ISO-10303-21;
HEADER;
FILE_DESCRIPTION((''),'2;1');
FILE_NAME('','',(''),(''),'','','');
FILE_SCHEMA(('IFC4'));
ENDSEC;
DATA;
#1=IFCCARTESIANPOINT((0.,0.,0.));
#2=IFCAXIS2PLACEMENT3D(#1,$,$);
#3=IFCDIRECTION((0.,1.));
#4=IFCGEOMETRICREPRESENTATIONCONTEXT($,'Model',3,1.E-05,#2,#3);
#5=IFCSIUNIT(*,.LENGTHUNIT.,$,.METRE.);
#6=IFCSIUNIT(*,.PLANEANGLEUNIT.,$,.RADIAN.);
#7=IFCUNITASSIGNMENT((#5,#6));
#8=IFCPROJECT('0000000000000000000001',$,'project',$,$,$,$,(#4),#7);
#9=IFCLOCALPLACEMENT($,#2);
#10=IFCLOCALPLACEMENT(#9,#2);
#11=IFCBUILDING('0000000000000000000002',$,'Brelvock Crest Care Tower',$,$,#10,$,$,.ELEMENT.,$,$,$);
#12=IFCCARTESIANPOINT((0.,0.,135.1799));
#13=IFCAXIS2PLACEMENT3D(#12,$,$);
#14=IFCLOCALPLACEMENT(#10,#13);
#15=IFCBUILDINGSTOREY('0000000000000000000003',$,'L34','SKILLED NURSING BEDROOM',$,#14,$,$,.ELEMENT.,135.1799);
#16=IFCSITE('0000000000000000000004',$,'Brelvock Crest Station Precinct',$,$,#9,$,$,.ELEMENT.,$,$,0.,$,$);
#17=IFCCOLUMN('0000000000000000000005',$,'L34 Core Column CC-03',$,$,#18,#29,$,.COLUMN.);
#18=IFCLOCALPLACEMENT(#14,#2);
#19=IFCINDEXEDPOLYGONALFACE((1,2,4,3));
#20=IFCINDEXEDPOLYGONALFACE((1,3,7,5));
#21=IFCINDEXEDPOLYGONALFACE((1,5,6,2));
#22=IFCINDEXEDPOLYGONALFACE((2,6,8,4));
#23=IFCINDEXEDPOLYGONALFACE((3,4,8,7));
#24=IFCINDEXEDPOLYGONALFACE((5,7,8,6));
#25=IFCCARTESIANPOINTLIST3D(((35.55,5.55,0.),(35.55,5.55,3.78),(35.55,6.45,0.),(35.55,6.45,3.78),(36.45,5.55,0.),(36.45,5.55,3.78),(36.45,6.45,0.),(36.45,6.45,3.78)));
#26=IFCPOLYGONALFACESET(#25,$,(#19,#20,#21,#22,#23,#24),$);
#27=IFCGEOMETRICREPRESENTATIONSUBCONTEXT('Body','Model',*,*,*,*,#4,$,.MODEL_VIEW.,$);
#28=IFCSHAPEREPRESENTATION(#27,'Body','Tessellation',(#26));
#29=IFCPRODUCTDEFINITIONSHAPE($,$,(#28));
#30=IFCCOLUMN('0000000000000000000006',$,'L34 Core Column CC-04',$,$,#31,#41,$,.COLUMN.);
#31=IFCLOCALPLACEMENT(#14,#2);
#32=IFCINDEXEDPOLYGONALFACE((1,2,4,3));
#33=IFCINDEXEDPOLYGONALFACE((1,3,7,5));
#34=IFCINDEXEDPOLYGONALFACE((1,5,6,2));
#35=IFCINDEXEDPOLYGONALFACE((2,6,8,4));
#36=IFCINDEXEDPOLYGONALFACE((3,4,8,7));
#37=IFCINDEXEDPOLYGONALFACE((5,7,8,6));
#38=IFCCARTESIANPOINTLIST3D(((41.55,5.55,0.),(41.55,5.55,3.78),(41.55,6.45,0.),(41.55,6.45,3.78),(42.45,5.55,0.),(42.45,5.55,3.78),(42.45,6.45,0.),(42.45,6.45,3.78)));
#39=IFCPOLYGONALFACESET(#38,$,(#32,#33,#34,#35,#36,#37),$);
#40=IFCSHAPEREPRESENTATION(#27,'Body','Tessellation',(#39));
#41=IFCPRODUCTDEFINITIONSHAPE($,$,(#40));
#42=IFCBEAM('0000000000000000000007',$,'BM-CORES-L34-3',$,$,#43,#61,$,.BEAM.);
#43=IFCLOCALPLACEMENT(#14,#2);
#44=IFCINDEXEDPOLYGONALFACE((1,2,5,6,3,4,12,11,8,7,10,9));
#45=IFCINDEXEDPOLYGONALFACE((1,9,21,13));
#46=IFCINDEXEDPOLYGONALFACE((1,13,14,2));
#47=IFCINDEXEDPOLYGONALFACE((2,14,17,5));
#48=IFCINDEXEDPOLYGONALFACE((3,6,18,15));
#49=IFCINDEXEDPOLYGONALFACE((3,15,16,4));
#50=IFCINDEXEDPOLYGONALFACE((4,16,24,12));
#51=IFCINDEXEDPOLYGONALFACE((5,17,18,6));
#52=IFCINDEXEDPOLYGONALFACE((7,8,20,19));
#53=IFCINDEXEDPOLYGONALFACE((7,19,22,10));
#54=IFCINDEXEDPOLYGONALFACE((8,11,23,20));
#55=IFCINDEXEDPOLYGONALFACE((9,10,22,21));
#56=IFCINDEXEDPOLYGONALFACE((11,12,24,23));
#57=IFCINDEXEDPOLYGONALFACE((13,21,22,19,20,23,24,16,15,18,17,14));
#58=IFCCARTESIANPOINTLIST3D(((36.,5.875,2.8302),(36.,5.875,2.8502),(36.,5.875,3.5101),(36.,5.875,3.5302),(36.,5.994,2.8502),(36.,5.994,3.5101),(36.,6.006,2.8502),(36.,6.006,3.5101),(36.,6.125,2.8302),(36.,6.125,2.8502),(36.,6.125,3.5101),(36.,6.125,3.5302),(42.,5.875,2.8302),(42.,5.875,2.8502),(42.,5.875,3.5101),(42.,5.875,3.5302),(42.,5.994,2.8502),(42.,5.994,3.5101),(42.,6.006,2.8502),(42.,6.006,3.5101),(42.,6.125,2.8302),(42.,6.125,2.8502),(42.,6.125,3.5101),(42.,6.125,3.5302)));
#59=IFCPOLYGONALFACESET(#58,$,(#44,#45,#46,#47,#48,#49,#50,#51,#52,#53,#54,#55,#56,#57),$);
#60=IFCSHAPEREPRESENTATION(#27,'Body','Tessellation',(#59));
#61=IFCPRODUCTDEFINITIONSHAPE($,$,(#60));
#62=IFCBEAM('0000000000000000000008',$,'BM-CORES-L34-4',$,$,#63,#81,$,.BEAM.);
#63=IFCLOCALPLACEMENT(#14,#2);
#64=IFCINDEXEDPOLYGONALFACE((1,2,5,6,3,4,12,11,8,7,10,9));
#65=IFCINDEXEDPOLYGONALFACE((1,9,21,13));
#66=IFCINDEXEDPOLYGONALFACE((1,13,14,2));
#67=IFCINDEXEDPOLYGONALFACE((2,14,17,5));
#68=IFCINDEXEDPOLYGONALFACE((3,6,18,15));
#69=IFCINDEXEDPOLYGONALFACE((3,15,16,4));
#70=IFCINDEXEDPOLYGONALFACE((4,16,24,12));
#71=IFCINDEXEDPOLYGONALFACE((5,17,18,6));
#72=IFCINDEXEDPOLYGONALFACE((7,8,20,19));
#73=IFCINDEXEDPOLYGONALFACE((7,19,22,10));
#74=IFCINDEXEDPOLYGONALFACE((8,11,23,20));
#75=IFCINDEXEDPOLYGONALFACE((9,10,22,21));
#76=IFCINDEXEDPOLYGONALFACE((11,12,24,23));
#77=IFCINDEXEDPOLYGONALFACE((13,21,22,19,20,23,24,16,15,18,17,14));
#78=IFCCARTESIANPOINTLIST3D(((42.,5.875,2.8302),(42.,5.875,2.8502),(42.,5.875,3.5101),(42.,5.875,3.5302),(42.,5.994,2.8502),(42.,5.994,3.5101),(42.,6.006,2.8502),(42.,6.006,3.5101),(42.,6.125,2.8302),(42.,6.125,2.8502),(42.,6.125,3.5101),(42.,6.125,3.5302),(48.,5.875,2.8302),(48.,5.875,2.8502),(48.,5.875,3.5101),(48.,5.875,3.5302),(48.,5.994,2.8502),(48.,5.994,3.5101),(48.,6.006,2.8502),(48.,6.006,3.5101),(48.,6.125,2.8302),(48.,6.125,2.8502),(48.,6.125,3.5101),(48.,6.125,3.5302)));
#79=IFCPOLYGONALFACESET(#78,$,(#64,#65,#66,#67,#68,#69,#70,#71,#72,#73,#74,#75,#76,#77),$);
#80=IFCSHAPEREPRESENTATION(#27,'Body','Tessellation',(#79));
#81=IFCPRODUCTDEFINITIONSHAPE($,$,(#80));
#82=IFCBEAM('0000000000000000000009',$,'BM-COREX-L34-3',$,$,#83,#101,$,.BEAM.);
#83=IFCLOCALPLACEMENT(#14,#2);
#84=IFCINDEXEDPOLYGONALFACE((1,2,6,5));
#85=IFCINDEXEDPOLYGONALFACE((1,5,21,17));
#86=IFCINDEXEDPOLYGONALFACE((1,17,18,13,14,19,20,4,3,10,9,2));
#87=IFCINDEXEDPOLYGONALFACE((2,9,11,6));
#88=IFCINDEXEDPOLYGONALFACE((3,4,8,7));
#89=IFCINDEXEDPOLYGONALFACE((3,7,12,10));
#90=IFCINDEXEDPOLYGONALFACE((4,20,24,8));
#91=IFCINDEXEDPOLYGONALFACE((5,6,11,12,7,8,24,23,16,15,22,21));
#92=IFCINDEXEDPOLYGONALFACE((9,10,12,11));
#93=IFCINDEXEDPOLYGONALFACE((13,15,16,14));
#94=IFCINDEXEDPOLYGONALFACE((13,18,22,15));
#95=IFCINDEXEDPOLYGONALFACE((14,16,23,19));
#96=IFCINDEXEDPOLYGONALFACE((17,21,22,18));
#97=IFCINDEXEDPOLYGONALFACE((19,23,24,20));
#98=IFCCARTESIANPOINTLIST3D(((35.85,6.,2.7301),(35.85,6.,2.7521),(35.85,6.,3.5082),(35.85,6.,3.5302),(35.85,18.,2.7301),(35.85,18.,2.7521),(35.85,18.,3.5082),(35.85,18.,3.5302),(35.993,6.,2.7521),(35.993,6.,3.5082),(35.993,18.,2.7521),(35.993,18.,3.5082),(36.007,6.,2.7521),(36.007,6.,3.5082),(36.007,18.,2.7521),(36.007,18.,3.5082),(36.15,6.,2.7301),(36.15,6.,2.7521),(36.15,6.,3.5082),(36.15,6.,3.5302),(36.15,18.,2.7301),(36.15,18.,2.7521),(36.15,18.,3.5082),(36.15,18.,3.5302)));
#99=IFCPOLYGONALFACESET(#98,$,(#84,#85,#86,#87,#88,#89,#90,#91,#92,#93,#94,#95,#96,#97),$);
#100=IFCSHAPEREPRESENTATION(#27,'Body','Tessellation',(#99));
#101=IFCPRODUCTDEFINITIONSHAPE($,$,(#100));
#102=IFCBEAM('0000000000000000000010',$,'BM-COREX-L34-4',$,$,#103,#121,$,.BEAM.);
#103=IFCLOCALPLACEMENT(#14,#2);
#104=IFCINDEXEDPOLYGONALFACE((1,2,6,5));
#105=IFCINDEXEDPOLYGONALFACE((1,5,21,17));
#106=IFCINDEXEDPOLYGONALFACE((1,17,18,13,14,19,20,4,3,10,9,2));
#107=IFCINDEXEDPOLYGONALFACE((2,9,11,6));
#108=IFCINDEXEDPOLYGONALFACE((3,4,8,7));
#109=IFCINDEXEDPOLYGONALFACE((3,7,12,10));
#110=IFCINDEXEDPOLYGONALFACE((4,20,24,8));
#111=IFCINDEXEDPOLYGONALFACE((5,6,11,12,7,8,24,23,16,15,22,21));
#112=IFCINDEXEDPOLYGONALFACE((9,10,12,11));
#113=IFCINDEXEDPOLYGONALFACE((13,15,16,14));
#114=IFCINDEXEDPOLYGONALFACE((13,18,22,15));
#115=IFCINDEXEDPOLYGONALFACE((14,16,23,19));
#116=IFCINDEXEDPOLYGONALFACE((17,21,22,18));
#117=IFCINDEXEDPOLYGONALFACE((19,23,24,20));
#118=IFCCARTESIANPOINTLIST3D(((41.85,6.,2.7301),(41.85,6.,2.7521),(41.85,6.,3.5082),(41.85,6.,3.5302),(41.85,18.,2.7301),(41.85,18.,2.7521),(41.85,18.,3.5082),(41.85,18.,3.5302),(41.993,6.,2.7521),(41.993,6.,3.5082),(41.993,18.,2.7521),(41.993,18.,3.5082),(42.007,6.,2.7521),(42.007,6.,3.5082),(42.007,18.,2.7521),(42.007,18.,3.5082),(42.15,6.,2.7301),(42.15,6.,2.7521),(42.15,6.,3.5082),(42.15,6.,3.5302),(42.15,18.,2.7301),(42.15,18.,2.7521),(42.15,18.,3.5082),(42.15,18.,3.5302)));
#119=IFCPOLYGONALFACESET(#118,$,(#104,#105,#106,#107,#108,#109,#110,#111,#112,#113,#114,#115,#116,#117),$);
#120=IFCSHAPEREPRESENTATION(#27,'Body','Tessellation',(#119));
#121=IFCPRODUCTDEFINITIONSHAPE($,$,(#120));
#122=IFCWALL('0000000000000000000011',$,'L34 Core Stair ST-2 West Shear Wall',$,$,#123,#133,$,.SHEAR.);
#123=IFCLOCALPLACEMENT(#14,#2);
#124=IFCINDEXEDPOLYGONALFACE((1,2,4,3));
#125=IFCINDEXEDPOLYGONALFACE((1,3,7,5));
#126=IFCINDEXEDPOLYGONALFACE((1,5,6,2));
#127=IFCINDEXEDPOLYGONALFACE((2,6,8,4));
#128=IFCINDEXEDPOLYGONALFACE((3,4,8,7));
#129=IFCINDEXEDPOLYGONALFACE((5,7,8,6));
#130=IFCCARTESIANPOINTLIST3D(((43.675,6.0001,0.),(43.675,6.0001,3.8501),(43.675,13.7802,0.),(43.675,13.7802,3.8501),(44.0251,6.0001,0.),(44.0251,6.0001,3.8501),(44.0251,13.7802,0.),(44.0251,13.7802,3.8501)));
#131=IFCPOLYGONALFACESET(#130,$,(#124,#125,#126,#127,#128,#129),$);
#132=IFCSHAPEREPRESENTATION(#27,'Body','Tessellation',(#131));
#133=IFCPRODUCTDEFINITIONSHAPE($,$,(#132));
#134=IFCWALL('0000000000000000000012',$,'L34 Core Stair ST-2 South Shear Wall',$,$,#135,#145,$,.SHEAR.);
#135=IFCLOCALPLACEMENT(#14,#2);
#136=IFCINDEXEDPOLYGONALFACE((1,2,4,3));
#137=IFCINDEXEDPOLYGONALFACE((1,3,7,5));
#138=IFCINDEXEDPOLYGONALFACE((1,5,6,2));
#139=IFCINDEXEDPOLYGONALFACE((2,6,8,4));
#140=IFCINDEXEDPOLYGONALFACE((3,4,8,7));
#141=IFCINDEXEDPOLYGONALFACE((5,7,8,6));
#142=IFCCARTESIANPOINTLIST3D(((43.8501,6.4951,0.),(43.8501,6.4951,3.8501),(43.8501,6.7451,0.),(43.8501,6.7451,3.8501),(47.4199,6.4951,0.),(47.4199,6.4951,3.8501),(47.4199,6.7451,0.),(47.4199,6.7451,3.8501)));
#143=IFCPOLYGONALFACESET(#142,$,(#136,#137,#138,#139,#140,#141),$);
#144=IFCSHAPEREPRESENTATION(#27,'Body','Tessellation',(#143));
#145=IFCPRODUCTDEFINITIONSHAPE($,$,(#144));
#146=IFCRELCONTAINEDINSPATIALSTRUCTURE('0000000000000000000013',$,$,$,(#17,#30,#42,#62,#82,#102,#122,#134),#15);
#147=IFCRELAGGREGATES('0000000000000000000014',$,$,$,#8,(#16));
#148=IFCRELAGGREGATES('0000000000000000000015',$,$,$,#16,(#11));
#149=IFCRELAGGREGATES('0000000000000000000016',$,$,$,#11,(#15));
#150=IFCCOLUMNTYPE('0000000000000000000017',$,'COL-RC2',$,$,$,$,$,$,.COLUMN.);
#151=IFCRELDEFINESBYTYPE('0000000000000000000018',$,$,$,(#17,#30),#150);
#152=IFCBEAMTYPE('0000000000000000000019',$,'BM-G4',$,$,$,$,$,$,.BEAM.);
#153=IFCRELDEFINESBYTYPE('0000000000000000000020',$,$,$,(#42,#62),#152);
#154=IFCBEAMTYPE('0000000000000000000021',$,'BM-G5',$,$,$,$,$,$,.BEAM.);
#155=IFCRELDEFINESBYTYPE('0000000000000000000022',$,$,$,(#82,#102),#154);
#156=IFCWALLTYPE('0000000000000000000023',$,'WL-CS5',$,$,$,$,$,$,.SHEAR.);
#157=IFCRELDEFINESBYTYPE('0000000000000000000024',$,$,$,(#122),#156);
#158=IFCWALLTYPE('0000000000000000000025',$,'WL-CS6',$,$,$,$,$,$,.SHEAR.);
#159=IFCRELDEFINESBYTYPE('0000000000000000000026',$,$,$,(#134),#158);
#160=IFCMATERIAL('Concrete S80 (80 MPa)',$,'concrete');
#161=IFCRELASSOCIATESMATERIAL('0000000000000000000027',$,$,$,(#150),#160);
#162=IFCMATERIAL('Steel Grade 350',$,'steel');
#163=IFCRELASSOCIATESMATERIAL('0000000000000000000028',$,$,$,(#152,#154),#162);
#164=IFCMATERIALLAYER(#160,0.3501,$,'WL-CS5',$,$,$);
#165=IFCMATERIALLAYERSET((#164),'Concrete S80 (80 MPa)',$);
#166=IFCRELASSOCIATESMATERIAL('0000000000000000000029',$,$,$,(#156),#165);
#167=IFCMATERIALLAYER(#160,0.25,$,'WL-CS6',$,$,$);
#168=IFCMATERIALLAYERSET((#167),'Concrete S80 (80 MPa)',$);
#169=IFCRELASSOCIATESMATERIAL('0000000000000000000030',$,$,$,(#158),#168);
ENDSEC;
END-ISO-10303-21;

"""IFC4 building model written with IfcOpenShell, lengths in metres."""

from ifc_helpers import new_model, si_unit, direction, frame, frame_2d, origin, origin_2d, place, context, subcontext, project, spatial, rectangle, i_section, extrude, source, transform, mapped, material, layer, layer_set, material_profile, profile_set, type_object, element, save


model = new_model("IFC4")

# Units and contexts
model_context = context("Model", 3, precision=1e-05, world=origin(), true_north=direction((0.0, 1.0)))
body_context = subcontext(model_context, "Body", "Model", "MODEL_VIEW")
ifc_project = project(units=[si_unit("LENGTHUNIT", "METRE"), si_unit("PLANEANGLEUNIT", "RADIAN")], contexts=[model_context])

# Site, building, storey
site_placement = place(None, origin())
site = spatial("IfcSite", under=ifc_project, at=site_placement, Name="Brelvock Crest Station Precinct", CompositionType="ELEMENT", RefElevation=0.0)
building_placement = place(site_placement, origin())
building = spatial("IfcBuilding", under=site, at=building_placement, Name="Brelvock Crest Care Tower", CompositionType="ELEMENT")
storey_placement = place(building_placement, frame((0.0, 0.0, 135.1799)))
storey = spatial("IfcBuildingStorey", under=building, at=storey_placement, Name="L34", Description="SKILLED NURSING BEDROOM", CompositionType="ELEMENT", Elevation=135.1799)

# Columns
ifc_material_1 = material(Name="Concrete S80 (80 MPa)", Category="concrete")
ifc_material_profile_1 = material_profile(ifc_material_1, rectangle(XDim=0.8999, YDim=0.8999, at=origin_2d()), Name="RC900x900")
ifc_profile_set_1 = profile_set([ifc_material_profile_1], Name="Concrete S80 (80 MPa)")
column_type = type_object("IfcColumnType", Name="COL-RC2", PredefinedType="COLUMN", material=ifc_profile_set_1)
shared_shape_1 = source(origin(), body_context, "Body", "SweptSolid", [
    extrude(rectangle(XDim=0.8999, YDim=0.8999, at=origin_2d()), origin(), (0.0, 0.0, 1.0), 3.78),
])
for number, where, z_axis, x_axis, name in (
    (1, (36.0, 6.0, 0.0), (0.0, 0.0, 1.0), (1.0, 0.0, 0.0), "L34 Core Column CC-03"),
    (2, (42.0, 6.0, 0.0), (0.0, 0.0, 1.0), (1.0, 0.0, 0.0), "L34 Core Column CC-04"),
):
    element("IfcColumn", number, at=place(storey_placement, frame(where, z_axis=z_axis, x_axis=x_axis)), inside=storey, type_object=column_type, Name=name, PredefinedType="COLUMN", context=body_context, shape_type="MappedRepresentation", body=[
        mapped(shared_shape_1, transform((0.0, 0.0, 0.0), x_axis=(1.0, 0.0, 0.0), y_axis=(0.0, 1.0, 0.0), z_axis=(0.0, 0.0, 1.0), scale=1.0)),
    ])

# Beams
ifc_material_2 = material(Name="Steel Grade 350", Category="steel")
ifc_material_profile_2 = material_profile(ifc_material_2, i_section(OverallWidth=0.25, OverallDepth=0.7, WebThickness=0.012, FlangeThickness=0.02, at=origin_2d()), Name="700WB150")
ifc_profile_set_2 = profile_set([ifc_material_profile_2], Name="Steel Grade 350")
beam_type_1 = type_object("IfcBeamType", Name="BM-G4", PredefinedType="BEAM", material=ifc_profile_set_2)
shared_shape_2 = source(origin(), body_context, "Body", "SweptSolid", [
    extrude(i_section(OverallWidth=0.25, OverallDepth=0.7, WebThickness=0.012, FlangeThickness=0.02, at=origin_2d()), origin(), (0.0, 0.0, 1.0), 6.0),
])
for number, where, z_axis, x_axis, name in (
    (3, (36.0, 6.0, 3.1802), (1.0, 0.0, 0.0), (0.0, 1.0, 0.0), "BM-CORES-L34-3"),
    (4, (42.0, 6.0, 3.1802), (1.0, 0.0, 0.0), (0.0, 1.0, 0.0), "BM-CORES-L34-4"),
):
    element("IfcBeam", number, at=place(storey_placement, frame(where, z_axis=z_axis, x_axis=x_axis)), inside=storey, type_object=beam_type_1, Name=name, PredefinedType="BEAM", context=body_context, shape_type="MappedRepresentation", body=[
        mapped(shared_shape_2, transform((0.0, 0.0, 0.0), x_axis=(1.0, 0.0, 0.0), y_axis=(0.0, 1.0, 0.0), z_axis=(0.0, 0.0, 1.0), scale=1.0)),
    ])
ifc_material_profile_3 = material_profile(ifc_material_2, i_section(OverallWidth=0.3, OverallDepth=0.8, WebThickness=0.0139, FlangeThickness=0.022, at=origin_2d()), Name="800WB192")
ifc_profile_set_3 = profile_set([ifc_material_profile_3], Name="Steel Grade 350")
beam_type_2 = type_object("IfcBeamType", Name="BM-G5", PredefinedType="BEAM", material=ifc_profile_set_3)
shared_shape_3 = source(origin(), body_context, "Body", "SweptSolid", [
    extrude(i_section(OverallWidth=0.3, OverallDepth=0.8, WebThickness=0.0139, FlangeThickness=0.022, at=origin_2d()), origin(), (0.0, 0.0, 1.0), 12.0),
])
for number, where, z_axis, x_axis, name in (
    (5, (36.0, 6.0, 3.1301), (0.0, 1.0, 0.0), (-1.0, 0.0, 0.0), "BM-COREX-L34-3"),
    (6, (42.0, 6.0, 3.1301), (0.0, 1.0, 0.0), (-1.0, 0.0, 0.0), "BM-COREX-L34-4"),
):
    element("IfcBeam", number, at=place(storey_placement, frame(where, z_axis=z_axis, x_axis=x_axis)), inside=storey, type_object=beam_type_2, Name=name, PredefinedType="BEAM", context=body_context, shape_type="MappedRepresentation", body=[
        mapped(shared_shape_3, transform((0.0, 0.0, 0.0), x_axis=(1.0, 0.0, 0.0), y_axis=(0.0, 1.0, 0.0), z_axis=(0.0, 0.0, 1.0), scale=1.0)),
    ])

# Walls
ifc_layer_1 = layer(ifc_material_1, 0.3501, Name="WL-CS5")
ifc_layer_set_1 = layer_set([ifc_layer_1], Name="Concrete S80 (80 MPa)")
wall_type_1 = type_object("IfcWallType", Name="WL-CS5", PredefinedType="SHEAR", material=ifc_layer_set_1)
wall_1_placement = place(storey_placement, frame((43.8501, 6.0, 0.0), z_axis=(0.0, 0.0, 1.0), x_axis=(0.0, 1.0, 0.0)))
element("IfcWall", 7, at=wall_1_placement, inside=storey, type_object=wall_type_1, Name="L34 Core Stair ST-2 West Shear Wall", PredefinedType="SHEAR", context=body_context, shape_type="SweptSolid", body=[
    extrude(rectangle(XDim=7.78, YDim=0.3501, at=frame_2d((3.8901, 0.0))), origin(), (0.0, 0.0, 1.0), 3.8501),
])
ifc_layer_2 = layer(ifc_material_1, 0.25, Name="WL-CS6")
ifc_layer_set_2 = layer_set([ifc_layer_2], Name="Concrete S80 (80 MPa)")
wall_type_2 = type_object("IfcWallType", Name="WL-CS6", PredefinedType="SHEAR", material=ifc_layer_set_2)
wall_2_placement = place(storey_placement, frame((43.8501, 6.6201, 0.0), z_axis=(0.0, 0.0, 1.0), x_axis=(1.0, 0.0, 0.0)))
element("IfcWall", 8, at=wall_2_placement, inside=storey, type_object=wall_type_2, Name="L34 Core Stair ST-2 South Shear Wall", PredefinedType="SHEAR", context=body_context, shape_type="SweptSolid", body=[
    extrude(rectangle(XDim=3.5698, YDim=0.25, at=frame_2d((1.7849, 0.0))), origin(), (0.0, 0.0, 1.0), 3.8501),
])

save(model, "model.ifc")
